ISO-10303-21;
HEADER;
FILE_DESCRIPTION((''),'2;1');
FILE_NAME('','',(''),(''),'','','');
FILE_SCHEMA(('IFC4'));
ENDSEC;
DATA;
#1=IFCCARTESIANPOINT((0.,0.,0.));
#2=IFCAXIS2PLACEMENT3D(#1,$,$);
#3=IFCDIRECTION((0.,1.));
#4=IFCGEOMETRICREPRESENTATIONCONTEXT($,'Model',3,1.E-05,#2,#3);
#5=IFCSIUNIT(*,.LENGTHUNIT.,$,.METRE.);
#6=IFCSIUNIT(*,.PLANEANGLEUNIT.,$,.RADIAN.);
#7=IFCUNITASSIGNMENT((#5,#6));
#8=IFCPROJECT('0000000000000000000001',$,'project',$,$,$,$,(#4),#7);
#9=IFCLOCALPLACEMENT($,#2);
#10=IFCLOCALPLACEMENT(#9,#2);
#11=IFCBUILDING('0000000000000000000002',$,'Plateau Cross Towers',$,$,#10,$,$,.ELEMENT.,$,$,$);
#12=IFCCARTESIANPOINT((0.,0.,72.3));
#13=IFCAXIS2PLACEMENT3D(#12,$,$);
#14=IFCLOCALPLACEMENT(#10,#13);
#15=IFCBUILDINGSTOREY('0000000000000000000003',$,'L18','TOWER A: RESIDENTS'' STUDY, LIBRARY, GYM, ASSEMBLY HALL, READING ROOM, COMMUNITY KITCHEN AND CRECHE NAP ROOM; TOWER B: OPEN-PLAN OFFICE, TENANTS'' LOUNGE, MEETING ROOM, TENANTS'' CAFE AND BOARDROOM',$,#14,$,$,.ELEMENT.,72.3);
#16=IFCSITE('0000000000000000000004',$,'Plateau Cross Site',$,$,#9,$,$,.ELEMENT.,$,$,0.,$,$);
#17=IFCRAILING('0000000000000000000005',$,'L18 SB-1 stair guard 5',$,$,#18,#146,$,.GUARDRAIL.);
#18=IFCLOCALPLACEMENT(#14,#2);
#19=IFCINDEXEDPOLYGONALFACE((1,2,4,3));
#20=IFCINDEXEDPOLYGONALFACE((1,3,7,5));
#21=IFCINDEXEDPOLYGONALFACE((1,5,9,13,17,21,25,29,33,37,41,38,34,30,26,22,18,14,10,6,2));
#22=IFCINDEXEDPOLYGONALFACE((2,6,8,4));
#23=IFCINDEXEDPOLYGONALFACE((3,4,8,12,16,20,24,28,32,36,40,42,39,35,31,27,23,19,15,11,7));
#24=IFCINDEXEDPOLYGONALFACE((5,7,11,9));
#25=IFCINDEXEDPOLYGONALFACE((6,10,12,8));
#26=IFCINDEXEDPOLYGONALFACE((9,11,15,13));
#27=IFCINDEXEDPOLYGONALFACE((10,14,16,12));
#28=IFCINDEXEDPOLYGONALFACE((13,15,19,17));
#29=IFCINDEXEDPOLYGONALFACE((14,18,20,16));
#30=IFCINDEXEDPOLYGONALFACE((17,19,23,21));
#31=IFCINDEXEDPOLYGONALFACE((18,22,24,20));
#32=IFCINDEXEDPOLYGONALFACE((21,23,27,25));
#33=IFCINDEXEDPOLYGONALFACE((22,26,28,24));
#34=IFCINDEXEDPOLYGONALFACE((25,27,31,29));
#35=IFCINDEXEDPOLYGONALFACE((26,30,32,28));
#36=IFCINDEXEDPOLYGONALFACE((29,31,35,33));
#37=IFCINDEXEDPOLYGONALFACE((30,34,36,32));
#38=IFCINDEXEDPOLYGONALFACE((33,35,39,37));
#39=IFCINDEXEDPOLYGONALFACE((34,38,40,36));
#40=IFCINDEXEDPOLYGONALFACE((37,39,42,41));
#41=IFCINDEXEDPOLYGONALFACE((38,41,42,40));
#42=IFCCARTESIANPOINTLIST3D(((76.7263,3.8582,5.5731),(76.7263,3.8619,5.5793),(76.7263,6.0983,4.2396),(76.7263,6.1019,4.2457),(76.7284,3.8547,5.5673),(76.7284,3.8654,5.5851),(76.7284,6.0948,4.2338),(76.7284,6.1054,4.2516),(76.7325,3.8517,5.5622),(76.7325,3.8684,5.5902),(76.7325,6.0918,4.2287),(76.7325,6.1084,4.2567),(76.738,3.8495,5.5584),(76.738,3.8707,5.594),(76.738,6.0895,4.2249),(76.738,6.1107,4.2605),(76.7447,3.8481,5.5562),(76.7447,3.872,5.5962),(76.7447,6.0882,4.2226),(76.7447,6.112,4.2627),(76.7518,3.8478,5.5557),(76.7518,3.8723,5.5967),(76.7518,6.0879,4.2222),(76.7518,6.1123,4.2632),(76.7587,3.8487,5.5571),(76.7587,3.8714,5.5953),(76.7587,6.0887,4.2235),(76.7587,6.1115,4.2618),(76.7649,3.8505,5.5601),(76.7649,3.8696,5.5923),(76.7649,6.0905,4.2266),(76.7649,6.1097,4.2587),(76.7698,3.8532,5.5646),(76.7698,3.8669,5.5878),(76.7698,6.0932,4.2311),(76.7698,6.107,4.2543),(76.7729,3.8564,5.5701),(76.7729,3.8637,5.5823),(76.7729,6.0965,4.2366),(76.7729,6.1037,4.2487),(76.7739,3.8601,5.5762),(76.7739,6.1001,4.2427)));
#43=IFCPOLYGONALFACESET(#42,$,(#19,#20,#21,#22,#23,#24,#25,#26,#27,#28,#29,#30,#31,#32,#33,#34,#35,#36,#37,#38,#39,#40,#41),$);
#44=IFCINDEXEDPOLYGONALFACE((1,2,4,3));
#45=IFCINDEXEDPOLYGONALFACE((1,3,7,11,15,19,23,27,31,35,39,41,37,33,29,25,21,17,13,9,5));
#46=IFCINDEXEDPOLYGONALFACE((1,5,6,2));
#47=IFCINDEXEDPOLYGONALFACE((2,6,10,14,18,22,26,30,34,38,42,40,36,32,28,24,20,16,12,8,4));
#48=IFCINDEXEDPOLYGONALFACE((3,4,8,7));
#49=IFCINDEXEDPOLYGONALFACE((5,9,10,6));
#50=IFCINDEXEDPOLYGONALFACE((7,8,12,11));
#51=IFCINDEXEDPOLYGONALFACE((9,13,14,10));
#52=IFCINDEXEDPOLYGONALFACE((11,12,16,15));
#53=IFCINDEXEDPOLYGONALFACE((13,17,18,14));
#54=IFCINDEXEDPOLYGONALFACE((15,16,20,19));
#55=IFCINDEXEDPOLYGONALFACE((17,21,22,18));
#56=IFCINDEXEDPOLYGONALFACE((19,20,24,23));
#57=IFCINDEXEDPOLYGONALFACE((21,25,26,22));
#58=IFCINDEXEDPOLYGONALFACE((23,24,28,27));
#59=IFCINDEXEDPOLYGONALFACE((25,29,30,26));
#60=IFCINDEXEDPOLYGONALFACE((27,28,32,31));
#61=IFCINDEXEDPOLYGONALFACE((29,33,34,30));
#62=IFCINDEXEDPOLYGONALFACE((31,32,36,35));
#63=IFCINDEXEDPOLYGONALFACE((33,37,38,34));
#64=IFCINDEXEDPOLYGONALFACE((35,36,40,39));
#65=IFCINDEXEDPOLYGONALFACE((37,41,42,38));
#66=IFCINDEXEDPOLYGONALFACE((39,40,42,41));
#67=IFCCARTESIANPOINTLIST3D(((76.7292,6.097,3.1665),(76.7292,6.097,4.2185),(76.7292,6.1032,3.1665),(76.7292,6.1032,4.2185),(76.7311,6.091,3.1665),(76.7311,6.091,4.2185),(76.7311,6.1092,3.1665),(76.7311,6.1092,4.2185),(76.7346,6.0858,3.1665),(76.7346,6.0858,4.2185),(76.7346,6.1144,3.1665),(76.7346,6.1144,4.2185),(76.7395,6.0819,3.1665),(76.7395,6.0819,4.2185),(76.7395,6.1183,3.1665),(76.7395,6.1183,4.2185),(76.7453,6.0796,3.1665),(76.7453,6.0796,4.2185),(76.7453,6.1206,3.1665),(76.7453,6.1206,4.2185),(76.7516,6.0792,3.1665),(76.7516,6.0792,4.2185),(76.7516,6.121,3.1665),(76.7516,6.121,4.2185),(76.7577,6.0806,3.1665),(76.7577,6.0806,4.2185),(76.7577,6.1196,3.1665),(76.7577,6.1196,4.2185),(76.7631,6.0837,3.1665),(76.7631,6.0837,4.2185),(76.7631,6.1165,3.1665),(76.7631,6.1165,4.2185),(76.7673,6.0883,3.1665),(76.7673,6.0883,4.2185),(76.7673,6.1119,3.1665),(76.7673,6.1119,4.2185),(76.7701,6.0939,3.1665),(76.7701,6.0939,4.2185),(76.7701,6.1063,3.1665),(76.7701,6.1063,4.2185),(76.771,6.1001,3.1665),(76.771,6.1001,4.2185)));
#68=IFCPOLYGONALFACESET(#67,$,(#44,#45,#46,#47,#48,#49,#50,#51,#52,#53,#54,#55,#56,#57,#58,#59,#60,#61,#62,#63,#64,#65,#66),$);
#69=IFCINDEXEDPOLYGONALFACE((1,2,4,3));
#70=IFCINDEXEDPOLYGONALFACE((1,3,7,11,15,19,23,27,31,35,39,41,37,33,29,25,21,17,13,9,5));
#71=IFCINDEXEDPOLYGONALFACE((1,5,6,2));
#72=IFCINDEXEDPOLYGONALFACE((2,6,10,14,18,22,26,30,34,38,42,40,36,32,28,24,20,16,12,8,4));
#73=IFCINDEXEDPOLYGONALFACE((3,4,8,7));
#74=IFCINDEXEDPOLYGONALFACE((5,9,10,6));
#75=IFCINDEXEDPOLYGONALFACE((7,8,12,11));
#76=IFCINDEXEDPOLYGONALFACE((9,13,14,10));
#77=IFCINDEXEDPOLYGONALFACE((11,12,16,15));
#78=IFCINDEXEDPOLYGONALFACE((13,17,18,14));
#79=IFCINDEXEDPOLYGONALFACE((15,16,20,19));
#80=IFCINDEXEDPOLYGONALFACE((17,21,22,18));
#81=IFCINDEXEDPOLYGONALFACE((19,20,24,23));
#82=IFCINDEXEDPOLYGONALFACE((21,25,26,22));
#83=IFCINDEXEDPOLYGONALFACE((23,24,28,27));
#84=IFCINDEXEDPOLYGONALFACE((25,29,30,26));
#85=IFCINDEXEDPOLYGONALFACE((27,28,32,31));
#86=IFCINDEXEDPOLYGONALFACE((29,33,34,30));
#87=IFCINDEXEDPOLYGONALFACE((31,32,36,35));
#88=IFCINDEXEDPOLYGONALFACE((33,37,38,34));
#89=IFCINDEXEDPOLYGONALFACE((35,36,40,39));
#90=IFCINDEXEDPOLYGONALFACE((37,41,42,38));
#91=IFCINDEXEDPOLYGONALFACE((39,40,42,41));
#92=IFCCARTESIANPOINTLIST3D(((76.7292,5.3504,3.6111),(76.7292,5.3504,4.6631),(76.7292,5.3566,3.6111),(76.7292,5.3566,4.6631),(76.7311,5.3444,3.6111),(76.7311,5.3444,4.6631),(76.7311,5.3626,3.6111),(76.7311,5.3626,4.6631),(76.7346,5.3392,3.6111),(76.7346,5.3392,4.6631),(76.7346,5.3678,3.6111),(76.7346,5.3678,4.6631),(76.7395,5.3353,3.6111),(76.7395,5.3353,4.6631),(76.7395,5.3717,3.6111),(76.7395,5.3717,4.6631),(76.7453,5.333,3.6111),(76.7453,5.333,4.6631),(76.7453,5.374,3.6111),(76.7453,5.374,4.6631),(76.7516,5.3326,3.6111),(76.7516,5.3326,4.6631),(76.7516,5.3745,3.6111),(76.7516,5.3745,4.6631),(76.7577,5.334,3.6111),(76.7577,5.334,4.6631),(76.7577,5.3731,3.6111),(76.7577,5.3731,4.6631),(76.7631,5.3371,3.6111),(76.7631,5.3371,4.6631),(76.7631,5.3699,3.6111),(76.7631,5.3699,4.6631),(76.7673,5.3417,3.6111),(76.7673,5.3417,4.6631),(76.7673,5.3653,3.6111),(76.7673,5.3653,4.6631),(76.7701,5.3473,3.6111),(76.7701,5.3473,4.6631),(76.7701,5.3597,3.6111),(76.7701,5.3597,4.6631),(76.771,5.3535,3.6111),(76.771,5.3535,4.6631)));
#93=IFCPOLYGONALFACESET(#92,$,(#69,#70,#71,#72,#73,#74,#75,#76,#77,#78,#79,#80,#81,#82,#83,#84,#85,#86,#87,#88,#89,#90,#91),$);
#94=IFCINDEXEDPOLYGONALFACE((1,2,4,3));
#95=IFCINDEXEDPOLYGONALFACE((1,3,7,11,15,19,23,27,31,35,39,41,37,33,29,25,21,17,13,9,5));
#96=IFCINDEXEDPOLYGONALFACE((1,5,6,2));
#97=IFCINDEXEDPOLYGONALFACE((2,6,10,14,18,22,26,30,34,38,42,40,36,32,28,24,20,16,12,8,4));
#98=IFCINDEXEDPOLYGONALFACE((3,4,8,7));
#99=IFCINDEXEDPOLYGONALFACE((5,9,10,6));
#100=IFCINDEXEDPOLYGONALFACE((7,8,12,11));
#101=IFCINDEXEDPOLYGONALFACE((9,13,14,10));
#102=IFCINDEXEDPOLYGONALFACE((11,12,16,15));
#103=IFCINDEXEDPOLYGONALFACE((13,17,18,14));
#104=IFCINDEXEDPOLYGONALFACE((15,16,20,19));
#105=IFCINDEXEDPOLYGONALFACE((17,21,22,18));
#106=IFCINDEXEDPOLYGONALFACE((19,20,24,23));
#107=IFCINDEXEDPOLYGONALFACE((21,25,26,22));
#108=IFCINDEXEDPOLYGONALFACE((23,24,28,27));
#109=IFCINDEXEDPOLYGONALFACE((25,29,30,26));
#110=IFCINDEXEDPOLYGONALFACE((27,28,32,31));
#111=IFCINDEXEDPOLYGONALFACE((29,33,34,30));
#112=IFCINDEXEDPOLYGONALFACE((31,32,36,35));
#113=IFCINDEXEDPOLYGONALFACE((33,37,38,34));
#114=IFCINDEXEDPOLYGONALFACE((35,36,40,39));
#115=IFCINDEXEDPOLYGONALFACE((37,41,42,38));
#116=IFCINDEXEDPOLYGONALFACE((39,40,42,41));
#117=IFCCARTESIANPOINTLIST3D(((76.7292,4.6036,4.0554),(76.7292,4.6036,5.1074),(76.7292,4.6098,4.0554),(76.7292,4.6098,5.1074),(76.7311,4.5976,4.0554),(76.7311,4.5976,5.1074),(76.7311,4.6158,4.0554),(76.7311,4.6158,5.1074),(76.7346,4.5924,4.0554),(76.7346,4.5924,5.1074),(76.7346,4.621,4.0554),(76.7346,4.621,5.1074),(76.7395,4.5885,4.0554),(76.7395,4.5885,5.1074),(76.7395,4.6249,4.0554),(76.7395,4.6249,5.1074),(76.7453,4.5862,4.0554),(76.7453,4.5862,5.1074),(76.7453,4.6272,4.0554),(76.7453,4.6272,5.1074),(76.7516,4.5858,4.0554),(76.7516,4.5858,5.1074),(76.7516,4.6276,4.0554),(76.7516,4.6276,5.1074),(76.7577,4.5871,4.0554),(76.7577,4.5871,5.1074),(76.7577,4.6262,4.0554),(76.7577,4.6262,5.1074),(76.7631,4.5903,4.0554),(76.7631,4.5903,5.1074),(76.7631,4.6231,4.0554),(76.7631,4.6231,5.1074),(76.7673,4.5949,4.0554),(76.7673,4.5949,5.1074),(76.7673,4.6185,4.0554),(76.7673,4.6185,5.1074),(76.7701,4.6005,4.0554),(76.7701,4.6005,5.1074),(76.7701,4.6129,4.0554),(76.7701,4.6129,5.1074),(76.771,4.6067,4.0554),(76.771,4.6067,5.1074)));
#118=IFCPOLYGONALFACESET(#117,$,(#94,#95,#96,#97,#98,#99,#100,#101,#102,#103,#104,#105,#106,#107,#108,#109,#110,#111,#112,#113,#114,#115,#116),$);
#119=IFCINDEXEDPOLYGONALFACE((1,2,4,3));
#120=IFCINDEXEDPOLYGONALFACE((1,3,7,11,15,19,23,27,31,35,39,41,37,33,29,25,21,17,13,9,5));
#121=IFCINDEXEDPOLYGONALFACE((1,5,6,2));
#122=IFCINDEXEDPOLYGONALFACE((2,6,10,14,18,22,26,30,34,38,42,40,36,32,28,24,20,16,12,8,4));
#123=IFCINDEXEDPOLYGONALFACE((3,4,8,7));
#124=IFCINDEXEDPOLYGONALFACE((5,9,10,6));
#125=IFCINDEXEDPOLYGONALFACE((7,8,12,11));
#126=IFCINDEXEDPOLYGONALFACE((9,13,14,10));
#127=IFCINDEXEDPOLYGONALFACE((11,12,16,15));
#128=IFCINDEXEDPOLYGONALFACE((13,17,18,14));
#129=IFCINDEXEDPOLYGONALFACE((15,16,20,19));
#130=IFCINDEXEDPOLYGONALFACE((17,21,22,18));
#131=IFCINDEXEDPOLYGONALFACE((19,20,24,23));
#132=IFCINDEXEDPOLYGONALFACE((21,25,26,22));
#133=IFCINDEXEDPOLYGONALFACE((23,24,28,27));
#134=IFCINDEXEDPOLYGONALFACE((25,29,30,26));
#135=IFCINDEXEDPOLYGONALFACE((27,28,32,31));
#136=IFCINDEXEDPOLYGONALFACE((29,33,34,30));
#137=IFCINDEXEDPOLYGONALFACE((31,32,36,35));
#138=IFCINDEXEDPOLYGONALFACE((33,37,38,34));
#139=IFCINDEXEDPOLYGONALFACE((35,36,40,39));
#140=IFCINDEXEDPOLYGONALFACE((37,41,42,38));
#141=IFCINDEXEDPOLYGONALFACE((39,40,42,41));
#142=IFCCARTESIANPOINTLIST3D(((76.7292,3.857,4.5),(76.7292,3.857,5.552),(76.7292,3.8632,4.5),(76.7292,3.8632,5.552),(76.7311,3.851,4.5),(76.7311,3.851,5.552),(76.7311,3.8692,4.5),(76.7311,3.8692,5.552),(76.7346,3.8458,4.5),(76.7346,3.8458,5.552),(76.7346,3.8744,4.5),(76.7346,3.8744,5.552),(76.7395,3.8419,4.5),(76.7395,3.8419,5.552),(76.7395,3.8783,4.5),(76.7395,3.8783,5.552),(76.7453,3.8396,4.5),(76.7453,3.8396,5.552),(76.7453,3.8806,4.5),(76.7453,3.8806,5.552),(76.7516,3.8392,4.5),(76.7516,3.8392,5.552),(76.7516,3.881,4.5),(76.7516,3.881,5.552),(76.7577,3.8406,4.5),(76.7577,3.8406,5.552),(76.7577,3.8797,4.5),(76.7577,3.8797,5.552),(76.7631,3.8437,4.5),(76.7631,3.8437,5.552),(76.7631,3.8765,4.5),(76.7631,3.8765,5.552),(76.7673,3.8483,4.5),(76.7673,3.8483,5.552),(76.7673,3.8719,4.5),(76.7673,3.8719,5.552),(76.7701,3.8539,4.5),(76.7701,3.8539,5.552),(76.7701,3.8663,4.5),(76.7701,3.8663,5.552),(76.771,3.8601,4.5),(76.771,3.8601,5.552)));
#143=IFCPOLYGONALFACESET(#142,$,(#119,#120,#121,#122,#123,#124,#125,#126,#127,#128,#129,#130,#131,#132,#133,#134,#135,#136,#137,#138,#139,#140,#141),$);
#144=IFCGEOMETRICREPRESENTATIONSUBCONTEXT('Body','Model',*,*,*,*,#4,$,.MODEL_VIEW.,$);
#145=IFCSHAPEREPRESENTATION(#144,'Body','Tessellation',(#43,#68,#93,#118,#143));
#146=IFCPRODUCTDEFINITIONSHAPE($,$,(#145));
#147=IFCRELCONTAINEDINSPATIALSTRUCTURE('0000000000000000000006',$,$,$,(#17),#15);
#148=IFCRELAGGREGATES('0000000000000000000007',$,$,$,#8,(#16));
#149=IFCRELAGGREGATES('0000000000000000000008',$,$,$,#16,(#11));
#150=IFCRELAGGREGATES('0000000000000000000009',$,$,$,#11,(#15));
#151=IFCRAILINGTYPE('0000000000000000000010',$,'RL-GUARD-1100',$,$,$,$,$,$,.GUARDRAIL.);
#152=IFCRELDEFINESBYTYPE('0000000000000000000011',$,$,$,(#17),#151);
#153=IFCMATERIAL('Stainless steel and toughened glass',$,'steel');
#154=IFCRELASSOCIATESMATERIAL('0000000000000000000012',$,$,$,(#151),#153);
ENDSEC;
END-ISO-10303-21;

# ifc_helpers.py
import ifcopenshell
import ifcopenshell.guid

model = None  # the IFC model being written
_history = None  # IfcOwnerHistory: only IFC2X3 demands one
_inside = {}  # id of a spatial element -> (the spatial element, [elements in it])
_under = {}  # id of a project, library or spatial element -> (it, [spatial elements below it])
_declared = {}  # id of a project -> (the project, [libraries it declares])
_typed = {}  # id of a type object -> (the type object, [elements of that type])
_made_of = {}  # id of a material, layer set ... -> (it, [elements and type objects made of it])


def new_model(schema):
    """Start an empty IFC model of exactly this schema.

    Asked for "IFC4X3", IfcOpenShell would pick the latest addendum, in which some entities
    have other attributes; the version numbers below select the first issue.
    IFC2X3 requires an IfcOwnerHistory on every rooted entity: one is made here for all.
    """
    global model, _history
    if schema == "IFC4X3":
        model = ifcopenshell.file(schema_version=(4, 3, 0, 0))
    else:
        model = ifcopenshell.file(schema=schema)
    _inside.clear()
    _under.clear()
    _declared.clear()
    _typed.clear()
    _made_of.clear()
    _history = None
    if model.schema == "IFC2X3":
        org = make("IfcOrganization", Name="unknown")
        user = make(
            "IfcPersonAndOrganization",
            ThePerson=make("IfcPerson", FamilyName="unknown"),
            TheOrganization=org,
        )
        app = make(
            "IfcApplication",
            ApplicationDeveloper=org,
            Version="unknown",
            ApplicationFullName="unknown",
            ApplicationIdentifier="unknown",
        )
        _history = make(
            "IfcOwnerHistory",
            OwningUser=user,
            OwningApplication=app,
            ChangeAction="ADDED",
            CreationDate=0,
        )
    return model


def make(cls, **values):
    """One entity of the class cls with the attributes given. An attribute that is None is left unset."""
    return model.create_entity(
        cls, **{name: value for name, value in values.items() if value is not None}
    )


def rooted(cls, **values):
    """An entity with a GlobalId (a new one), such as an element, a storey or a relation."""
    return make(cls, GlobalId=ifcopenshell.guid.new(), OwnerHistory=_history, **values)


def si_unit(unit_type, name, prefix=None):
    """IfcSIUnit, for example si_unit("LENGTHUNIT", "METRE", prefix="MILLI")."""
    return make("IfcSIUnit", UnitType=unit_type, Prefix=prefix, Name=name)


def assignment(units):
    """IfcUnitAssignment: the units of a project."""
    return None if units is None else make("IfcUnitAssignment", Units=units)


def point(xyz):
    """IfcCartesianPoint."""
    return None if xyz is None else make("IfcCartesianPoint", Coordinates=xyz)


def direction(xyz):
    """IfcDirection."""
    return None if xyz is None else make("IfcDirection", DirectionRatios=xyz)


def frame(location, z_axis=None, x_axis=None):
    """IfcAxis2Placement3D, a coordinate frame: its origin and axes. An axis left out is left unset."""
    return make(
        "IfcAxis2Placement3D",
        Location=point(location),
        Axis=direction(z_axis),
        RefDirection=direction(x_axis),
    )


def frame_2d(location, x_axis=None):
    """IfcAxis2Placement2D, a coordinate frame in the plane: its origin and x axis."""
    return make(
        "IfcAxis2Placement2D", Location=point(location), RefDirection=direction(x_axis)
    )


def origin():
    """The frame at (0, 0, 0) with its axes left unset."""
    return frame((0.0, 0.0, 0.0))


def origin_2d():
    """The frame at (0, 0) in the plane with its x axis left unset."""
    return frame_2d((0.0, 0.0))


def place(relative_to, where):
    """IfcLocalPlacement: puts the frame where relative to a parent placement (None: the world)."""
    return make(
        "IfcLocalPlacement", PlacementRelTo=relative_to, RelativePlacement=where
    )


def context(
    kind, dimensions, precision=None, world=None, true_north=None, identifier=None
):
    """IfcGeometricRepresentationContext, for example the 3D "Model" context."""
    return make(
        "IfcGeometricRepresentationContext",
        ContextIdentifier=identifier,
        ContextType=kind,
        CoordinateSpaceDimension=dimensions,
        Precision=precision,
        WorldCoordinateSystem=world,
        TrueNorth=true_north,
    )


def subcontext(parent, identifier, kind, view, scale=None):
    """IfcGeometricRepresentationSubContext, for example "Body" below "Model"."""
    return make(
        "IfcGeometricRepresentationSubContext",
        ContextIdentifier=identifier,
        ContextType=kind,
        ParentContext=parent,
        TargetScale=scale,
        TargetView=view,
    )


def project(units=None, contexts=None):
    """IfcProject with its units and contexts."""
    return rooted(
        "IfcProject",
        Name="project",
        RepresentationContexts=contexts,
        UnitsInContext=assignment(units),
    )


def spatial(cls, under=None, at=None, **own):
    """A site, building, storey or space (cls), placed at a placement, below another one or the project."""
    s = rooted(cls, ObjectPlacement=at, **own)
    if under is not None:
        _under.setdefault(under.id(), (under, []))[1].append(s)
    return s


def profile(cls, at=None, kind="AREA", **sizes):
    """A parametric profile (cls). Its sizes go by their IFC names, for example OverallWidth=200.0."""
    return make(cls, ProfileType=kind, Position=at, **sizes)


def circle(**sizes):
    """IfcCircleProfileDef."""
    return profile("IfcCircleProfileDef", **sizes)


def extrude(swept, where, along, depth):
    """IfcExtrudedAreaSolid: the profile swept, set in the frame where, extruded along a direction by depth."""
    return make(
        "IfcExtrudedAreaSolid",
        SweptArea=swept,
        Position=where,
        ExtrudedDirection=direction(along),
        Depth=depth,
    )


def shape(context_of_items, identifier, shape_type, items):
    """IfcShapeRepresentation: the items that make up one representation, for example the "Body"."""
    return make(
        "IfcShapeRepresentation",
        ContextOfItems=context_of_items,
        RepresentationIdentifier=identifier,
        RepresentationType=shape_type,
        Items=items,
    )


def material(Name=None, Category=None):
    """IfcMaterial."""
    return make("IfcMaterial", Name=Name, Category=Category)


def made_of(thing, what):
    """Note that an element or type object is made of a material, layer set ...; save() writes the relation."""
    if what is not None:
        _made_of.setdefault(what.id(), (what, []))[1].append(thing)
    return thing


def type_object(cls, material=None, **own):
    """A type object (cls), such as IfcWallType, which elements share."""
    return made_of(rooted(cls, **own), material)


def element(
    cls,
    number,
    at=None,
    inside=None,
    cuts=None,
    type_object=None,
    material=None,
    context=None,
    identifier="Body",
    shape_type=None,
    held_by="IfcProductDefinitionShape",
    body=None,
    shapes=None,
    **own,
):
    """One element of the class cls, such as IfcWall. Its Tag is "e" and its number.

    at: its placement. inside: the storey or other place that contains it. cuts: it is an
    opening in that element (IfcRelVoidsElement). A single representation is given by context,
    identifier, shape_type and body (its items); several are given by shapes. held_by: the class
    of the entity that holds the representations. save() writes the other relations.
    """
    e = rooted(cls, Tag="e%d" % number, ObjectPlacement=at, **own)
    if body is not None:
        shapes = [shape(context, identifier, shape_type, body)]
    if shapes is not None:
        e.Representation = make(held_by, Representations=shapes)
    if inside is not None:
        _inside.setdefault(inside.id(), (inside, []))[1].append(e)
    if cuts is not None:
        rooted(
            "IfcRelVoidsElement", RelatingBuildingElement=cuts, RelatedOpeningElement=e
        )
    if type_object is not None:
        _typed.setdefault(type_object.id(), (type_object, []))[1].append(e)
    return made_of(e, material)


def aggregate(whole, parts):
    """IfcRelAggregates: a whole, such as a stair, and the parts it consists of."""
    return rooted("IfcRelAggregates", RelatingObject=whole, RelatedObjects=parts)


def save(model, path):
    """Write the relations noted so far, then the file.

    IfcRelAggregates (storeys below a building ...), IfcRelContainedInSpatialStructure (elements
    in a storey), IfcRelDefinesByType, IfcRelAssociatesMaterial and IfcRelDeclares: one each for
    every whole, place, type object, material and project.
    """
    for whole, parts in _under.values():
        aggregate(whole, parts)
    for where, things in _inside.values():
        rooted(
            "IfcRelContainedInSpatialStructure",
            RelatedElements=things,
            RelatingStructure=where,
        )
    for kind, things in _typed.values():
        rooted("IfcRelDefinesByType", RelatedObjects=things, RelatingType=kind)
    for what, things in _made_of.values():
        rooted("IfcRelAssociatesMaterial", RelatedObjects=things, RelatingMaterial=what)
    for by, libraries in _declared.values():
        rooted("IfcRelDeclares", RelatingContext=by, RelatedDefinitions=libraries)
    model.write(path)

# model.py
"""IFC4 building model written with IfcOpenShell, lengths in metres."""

from ifc_helpers import new_model, si_unit, direction, frame, origin, origin_2d, place, context, subcontext, project, spatial, circle, extrude, material, type_object, element, save


model = new_model("IFC4")

# Units and contexts
model_context = context("Model", 3, precision=1e-05, world=origin(), true_north=direction((0.0, 1.0)))
body_context = subcontext(model_context, "Body", "Model", "MODEL_VIEW")
ifc_project = project(units=[si_unit("LENGTHUNIT", "METRE"), si_unit("PLANEANGLEUNIT", "RADIAN")], contexts=[model_context])

# Site, building, storey
site_placement = place(None, origin())
site = spatial("IfcSite", under=ifc_project, at=site_placement, Name="Plateau Cross Site", CompositionType="ELEMENT", RefElevation=0.0)
building_placement = place(site_placement, origin())
building = spatial("IfcBuilding", under=site, at=building_placement, Name="Plateau Cross Towers", CompositionType="ELEMENT")
storey_placement = place(building_placement, frame((0.0, 0.0, 72.3)))
storey = spatial("IfcBuildingStorey", under=building, at=storey_placement, Name="L18", Description="TOWER A: RESIDENTS' STUDY, LIBRARY, GYM, ASSEMBLY HALL, READING ROOM, COMMUNITY KITCHEN AND CRECHE NAP ROOM; TOWER B: OPEN-PLAN OFFICE, TENANTS' LOUNGE, MEETING ROOM, TENANTS' CAFE AND BOARDROOM", CompositionType="ELEMENT", Elevation=72.3)

# Railing
ifc_material_1 = material(Name="Stainless steel and toughened glass", Category="steel")
railing_type = type_object("IfcRailingType", Name="RL-GUARD-1100", PredefinedType="GUARDRAIL", material=ifc_material_1)
railing_1_placement = place(storey_placement, frame((76.75, 6.1001, 3.1665)))
element("IfcRailing", 1, at=railing_1_placement, inside=storey, type_object=railing_type, Name="L18 SB-1 stair guard 5", PredefinedType="GUARDRAIL", context=body_context, shape_type="SweptSolid", body=[
    extrude(circle(Radius=0.0239, at=origin_2d()), frame((0.0, 0.0, 1.0762), z_axis=(0.0, -0.859264, 0.511532), x_axis=(1.0, 0.0, 0.0)), (0.0, 0.0, 1.0), 2.6069),
    extrude(circle(Radius=0.021, at=origin_2d()), origin(), (0.0, 0.0, 1.0), 1.052),
    extrude(circle(Radius=0.021, at=origin_2d()), frame((0.0, -0.7466, 0.4446)), (0.0, 0.0, 1.0), 1.052),
    extrude(circle(Radius=0.021, at=origin_2d()), frame((0.0, -1.4934, 0.8889)), (0.0, 0.0, 1.0), 1.052),
    extrude(circle(Radius=0.021, at=origin_2d()), frame((0.0, -2.24, 1.3335)), (0.0, 0.0, 1.0), 1.052),
])

save(model, "model.ifc")
